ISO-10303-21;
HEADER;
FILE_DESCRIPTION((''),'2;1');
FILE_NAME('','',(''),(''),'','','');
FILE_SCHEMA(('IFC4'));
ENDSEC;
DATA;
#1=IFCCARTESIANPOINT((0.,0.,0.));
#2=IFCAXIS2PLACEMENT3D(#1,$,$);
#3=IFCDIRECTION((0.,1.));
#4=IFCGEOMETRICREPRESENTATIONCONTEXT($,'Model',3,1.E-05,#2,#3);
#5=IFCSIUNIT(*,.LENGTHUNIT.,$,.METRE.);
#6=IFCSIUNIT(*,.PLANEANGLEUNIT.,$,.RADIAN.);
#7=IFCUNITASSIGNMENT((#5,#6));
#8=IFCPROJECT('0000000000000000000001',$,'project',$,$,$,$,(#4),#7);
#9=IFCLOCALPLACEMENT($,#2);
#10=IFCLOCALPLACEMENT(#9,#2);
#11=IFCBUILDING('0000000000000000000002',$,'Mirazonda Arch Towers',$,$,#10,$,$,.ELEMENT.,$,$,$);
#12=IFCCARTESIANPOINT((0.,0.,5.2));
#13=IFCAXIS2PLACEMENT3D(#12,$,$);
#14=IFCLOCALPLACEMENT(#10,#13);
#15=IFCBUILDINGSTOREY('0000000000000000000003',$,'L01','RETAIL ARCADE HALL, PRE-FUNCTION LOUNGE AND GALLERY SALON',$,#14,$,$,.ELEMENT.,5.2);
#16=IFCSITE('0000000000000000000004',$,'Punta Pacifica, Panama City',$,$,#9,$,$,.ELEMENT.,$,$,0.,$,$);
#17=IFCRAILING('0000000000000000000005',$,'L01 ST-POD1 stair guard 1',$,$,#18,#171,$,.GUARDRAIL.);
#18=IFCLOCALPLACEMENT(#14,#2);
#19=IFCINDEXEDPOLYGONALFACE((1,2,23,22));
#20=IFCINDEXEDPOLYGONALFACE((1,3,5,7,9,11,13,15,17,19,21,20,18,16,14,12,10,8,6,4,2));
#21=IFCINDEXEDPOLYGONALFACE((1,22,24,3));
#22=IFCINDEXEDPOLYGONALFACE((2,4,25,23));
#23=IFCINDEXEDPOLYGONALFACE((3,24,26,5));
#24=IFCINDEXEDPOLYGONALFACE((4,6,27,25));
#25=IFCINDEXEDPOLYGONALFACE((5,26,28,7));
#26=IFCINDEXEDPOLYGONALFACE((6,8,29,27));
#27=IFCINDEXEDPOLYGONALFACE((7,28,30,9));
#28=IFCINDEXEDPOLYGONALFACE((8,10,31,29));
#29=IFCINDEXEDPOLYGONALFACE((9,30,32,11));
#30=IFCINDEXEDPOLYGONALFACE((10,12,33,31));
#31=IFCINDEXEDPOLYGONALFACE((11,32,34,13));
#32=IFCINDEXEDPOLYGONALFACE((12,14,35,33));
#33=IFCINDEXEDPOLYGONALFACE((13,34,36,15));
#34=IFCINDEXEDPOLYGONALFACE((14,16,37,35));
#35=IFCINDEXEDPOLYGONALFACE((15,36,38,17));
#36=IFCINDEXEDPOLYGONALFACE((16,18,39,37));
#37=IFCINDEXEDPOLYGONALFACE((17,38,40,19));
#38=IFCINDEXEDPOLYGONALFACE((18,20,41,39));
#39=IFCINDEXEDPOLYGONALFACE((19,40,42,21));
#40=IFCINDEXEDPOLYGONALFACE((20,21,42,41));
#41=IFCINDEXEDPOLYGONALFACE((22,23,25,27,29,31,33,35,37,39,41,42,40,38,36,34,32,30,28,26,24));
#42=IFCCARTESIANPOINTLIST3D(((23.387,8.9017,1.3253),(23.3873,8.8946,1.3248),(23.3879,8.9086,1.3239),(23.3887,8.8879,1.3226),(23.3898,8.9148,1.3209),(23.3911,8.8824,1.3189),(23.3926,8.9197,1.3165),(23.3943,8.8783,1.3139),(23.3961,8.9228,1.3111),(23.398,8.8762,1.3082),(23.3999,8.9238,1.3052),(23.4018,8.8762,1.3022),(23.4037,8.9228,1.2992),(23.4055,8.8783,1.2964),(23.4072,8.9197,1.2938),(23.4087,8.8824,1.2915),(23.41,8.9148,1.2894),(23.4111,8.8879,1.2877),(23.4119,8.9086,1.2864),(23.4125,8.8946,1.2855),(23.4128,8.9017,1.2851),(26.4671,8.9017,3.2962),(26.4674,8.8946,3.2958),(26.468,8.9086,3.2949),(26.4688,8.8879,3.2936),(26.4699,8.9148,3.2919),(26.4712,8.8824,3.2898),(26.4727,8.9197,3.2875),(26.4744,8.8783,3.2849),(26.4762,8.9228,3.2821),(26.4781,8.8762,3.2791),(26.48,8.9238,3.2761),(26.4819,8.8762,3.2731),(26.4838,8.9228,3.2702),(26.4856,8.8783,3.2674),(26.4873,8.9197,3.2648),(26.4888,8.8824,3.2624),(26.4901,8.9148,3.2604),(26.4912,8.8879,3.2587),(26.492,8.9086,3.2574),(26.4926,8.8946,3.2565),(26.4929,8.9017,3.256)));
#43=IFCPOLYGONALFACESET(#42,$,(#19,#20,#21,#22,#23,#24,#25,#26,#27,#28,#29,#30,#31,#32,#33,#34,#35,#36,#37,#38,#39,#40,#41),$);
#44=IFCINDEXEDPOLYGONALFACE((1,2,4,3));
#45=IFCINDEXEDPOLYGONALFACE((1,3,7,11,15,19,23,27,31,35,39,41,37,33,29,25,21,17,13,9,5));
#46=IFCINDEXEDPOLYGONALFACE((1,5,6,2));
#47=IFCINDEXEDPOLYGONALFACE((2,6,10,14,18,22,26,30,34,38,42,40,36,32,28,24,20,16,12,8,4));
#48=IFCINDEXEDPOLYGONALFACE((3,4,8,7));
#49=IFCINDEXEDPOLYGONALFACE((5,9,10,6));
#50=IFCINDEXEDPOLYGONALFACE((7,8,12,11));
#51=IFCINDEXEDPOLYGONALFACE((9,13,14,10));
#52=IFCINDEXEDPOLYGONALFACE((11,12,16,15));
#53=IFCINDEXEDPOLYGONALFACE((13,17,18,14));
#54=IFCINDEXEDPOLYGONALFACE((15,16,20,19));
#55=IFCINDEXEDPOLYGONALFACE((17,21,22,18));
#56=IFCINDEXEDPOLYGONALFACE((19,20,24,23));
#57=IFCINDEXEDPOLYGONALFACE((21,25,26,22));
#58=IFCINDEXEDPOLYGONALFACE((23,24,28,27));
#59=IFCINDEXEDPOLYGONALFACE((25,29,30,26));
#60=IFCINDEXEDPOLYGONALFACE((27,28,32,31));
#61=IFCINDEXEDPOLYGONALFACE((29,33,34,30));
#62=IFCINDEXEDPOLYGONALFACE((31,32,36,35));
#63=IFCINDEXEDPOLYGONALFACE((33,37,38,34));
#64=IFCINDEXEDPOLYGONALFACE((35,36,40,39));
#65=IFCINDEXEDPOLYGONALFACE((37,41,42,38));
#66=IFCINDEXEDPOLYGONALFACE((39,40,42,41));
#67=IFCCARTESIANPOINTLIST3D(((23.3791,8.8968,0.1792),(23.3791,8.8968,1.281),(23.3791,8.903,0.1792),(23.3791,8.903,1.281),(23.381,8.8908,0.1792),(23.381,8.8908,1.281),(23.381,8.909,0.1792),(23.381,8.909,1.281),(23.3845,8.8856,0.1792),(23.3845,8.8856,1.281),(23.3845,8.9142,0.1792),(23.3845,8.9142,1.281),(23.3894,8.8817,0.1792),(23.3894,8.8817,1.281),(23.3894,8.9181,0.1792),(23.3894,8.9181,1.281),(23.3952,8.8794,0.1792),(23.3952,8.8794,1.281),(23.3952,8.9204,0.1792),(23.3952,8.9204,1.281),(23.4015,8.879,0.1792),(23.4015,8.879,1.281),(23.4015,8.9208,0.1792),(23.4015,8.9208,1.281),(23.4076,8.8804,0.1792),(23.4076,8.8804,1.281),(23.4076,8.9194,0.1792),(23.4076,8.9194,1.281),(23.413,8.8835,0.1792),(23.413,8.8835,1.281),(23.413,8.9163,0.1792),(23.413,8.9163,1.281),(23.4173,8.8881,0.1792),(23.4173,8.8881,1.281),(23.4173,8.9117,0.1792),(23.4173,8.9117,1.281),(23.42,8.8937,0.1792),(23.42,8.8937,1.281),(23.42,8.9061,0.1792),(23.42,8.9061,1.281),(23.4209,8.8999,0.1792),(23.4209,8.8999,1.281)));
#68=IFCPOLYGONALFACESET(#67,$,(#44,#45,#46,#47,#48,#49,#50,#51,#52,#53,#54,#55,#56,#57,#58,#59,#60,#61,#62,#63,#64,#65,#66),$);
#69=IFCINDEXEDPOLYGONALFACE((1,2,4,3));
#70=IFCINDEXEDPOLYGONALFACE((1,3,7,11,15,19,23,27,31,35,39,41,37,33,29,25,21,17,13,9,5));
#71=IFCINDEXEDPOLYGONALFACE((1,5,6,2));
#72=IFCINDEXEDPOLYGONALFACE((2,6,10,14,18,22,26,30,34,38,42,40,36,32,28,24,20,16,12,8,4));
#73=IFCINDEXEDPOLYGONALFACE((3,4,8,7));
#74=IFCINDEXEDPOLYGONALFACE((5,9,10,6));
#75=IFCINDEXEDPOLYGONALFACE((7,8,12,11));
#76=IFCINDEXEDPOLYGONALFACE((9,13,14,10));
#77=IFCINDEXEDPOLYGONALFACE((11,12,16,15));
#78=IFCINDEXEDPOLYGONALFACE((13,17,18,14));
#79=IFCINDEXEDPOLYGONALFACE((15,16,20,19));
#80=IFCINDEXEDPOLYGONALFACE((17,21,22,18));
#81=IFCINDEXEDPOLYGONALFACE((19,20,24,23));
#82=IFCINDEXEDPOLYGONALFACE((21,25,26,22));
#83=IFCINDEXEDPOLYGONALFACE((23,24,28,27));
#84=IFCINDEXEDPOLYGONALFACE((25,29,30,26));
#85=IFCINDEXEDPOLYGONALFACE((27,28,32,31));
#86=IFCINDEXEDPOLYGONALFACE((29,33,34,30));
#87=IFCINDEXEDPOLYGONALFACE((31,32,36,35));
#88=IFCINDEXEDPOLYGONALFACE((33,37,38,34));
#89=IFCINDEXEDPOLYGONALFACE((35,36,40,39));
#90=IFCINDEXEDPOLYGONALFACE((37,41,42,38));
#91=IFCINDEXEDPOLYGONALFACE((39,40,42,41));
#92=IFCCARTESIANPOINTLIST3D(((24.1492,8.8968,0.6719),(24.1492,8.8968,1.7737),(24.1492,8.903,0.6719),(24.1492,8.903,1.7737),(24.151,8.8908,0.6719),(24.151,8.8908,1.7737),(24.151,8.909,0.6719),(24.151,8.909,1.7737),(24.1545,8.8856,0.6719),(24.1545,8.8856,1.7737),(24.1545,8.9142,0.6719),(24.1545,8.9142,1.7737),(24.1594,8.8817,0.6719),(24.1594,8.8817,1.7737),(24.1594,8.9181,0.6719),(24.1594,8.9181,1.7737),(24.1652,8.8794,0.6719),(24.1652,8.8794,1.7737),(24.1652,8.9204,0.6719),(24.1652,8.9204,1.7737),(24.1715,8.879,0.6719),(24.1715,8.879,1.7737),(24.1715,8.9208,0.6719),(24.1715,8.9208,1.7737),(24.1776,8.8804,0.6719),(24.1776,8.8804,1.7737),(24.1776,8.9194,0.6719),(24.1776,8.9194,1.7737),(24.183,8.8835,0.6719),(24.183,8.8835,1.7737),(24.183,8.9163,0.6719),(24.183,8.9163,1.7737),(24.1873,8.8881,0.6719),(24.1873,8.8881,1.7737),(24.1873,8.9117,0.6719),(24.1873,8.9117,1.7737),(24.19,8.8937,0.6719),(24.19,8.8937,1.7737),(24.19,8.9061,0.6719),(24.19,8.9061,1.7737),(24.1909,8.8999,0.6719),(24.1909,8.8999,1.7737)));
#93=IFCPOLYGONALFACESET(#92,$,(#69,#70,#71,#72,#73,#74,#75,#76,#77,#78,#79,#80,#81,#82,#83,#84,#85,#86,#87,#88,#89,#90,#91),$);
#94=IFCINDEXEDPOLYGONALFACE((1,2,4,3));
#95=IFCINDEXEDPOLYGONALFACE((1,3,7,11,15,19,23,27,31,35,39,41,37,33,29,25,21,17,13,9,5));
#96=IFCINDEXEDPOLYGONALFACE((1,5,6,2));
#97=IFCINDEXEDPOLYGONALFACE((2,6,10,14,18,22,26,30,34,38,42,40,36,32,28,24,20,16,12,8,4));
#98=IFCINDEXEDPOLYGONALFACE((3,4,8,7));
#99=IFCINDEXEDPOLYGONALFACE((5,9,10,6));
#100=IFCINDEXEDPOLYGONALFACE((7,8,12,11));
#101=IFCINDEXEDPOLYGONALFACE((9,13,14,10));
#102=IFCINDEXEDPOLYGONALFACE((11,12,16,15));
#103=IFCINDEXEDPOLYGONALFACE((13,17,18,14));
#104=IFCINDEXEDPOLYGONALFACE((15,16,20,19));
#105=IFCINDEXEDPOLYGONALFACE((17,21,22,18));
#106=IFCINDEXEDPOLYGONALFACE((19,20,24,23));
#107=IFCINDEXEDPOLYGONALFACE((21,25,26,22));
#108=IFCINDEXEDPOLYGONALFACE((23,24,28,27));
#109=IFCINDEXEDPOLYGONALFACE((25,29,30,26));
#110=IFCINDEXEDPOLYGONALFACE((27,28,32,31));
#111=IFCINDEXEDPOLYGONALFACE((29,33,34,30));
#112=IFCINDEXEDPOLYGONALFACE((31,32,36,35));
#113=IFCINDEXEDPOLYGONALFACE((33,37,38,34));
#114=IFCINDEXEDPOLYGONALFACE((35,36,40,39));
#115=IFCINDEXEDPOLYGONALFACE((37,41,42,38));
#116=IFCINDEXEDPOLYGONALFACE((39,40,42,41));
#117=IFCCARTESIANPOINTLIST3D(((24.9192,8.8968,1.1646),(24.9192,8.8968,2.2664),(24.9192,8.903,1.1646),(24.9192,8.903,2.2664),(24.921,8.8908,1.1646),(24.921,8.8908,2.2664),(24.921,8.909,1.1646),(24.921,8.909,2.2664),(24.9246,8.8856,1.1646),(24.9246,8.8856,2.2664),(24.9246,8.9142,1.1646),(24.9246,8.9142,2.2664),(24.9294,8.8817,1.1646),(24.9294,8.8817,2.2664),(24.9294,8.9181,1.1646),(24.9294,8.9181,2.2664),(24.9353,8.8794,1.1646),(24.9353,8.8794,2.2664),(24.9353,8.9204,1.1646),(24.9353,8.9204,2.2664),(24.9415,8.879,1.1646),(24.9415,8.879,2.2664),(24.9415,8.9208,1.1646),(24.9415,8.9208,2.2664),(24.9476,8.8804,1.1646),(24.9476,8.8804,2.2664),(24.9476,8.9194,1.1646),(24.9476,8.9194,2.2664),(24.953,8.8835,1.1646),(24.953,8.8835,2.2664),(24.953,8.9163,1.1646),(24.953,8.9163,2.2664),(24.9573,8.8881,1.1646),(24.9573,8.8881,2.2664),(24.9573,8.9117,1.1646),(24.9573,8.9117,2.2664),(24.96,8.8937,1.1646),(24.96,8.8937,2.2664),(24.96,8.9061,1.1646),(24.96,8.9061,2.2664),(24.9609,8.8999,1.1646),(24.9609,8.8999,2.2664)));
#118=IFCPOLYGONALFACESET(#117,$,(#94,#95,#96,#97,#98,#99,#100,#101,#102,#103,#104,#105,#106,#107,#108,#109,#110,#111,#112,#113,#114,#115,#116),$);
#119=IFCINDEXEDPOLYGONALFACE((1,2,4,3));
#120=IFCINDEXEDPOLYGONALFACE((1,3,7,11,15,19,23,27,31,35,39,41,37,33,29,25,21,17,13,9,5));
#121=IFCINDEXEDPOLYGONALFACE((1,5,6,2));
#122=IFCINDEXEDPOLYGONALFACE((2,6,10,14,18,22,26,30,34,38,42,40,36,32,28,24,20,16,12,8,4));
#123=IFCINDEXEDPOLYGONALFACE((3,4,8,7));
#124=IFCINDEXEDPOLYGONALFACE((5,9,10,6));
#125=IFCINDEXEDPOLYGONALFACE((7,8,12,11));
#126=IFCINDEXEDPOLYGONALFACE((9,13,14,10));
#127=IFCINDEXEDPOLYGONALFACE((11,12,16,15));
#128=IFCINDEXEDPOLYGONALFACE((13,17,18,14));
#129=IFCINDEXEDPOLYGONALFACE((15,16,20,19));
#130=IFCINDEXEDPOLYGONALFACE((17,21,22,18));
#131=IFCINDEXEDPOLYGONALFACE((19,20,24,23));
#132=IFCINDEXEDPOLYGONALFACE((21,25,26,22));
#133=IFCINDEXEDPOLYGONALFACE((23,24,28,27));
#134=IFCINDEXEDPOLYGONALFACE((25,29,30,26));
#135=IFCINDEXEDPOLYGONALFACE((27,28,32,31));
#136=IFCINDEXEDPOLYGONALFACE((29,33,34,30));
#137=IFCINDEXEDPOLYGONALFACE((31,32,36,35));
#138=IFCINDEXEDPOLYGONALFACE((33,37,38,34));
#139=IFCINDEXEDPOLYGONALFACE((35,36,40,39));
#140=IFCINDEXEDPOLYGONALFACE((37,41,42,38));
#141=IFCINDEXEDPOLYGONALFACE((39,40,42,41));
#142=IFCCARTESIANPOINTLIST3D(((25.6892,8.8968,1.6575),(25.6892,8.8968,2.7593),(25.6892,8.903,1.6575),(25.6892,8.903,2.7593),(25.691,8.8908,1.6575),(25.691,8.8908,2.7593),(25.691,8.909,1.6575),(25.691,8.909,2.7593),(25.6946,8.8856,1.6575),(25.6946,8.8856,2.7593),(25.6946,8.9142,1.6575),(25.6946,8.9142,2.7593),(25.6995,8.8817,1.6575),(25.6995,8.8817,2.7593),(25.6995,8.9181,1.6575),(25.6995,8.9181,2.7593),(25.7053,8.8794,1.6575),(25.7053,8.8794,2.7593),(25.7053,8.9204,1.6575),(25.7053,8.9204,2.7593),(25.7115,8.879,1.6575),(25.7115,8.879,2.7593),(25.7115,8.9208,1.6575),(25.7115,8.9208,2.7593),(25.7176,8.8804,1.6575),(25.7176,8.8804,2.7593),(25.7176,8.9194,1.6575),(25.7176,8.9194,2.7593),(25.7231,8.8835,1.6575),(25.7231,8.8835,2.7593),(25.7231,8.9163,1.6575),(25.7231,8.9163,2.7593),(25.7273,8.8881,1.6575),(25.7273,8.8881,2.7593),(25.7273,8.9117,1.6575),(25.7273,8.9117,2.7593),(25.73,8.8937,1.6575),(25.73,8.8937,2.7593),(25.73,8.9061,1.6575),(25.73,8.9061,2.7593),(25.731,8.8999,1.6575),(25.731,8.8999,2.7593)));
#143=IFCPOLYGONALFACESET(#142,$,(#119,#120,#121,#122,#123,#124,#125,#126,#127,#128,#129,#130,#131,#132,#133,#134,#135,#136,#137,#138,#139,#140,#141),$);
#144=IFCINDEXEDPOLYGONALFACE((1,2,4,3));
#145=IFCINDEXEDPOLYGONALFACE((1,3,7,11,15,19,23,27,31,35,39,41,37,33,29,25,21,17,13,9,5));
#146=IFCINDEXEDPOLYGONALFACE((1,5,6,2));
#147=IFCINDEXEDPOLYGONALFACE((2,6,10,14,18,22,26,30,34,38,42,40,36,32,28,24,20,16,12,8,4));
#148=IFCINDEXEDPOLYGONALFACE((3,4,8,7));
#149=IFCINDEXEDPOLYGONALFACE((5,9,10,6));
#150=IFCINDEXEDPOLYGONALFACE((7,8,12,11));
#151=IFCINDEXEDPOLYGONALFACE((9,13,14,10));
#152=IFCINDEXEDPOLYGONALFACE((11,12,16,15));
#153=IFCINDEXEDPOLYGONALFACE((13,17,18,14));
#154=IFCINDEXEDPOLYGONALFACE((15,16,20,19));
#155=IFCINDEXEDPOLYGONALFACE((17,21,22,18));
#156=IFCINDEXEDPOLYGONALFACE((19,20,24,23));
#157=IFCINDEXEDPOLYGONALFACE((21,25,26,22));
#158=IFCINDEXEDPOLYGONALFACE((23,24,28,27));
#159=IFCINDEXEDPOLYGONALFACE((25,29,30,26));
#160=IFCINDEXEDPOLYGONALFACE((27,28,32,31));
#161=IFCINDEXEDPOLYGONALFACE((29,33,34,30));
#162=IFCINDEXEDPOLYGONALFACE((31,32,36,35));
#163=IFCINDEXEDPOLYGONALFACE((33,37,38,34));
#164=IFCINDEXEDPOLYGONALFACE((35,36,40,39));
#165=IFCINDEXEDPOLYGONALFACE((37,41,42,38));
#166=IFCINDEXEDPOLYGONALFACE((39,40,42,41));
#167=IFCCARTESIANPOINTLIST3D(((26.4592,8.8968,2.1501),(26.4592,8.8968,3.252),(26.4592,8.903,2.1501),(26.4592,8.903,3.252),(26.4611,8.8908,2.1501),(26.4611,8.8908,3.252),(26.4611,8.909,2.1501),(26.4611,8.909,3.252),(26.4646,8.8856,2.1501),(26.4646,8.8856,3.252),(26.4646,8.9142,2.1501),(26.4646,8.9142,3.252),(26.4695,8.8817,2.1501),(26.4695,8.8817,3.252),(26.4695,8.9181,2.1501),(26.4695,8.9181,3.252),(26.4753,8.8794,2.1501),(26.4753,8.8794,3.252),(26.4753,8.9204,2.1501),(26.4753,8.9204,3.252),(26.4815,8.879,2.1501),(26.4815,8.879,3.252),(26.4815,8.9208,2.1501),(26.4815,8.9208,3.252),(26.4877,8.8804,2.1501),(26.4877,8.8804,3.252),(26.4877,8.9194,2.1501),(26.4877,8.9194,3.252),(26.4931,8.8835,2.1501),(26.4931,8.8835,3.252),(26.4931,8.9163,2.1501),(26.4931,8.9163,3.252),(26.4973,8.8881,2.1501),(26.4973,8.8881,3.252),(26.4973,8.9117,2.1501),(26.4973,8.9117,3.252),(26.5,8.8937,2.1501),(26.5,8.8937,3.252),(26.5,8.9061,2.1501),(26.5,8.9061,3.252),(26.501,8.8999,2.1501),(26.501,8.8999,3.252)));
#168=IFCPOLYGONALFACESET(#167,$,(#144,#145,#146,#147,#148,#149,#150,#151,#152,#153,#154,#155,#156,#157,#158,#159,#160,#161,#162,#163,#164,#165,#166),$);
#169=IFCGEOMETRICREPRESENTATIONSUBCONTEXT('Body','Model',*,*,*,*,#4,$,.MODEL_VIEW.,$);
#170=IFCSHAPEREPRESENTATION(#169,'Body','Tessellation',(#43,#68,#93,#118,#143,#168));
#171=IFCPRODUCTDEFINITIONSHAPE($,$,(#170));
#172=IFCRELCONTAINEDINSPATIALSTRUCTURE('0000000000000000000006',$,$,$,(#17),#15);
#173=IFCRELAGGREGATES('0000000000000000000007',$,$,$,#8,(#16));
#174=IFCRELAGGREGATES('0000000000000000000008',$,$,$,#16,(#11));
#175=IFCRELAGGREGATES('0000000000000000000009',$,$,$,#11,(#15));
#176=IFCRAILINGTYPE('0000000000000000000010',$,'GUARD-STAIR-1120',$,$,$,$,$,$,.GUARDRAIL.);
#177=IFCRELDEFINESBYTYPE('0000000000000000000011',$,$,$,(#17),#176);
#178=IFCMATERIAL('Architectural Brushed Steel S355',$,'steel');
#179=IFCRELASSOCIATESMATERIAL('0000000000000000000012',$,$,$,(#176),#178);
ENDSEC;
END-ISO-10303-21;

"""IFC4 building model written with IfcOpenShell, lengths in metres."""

from ifc_helpers import new_model, si_unit, direction, frame, origin, origin_2d, place, context, subcontext, project, spatial, circle, extrude, material, type_object, element, save


model = new_model("IFC4")

# Units and contexts
model_context = context("Model", 3, precision=1e-05, world=origin(), true_north=direction((0.0, 1.0)))
body_context = subcontext(model_context, "Body", "Model", "MODEL_VIEW")
ifc_project = project(units=[si_unit("LENGTHUNIT", "METRE"), si_unit("PLANEANGLEUNIT", "RADIAN")], contexts=[model_context])

# Site, building, storey
site_placement = place(None, origin())
site = spatial("IfcSite", under=ifc_project, at=site_placement, Name="Punta Pacifica, Panama City", CompositionType="ELEMENT", RefElevation=0.0)
building_placement = place(site_placement, origin())
building = spatial("IfcBuilding", under=site, at=building_placement, Name="Mirazonda Arch Towers", CompositionType="ELEMENT")
storey_placement = place(building_placement, frame((0.0, 0.0, 5.2)))
storey = spatial("IfcBuildingStorey", under=building, at=storey_placement, Name="L01", Description="RETAIL ARCADE HALL, PRE-FUNCTION LOUNGE AND GALLERY SALON", CompositionType="ELEMENT", Elevation=5.2)

# Railing
ifc_material_1 = material(Name="Architectural Brushed Steel S355", Category="steel")
railing_type_1 = type_object("IfcRailingType", Name="GUARD-STAIR-1120", PredefinedType="GUARDRAIL", material=ifc_material_1)
railing_1_placement = place(storey_placement, frame((23.3999, 8.8999, 0.1792)))
element("IfcRailing", 1, at=railing_1_placement, inside=storey, type_object=railing_type_1, Name="L01 ST-POD1 stair guard 1", PredefinedType="GUARDRAIL", context=body_context, shape_type="SweptSolid", body=[
    extrude(circle(Radius=0.0239, at=origin_2d()), frame((0.0, 0.0, 1.126), z_axis=(0.842309, 0.0, 0.538995), x_axis=(0.0, 1.0, 0.0)), (0.0, 0.0, 1.0), 3.6567),
    extrude(circle(Radius=0.021, at=origin_2d()), origin(), (0.0, 0.0, 1.0), 1.1018),
    extrude(circle(Radius=0.021, at=origin_2d()), frame((0.77, 0.0, 0.4927)), (0.0, 0.0, 1.0), 1.1018),
    extrude(circle(Radius=0.021, at=origin_2d()), frame((1.54, 0.0, 0.9854)), (0.0, 0.0, 1.0), 1.1018),
    extrude(circle(Radius=0.021, at=origin_2d()), frame((2.3101, 0.0, 1.4783)), (0.0, 0.0, 1.0), 1.1018),
    extrude(circle(Radius=0.021, at=origin_2d()), frame((3.0801, 0.0, 1.9709)), (0.0, 0.0, 1.0), 1.1018),
])

save(model, "model.ifc")
